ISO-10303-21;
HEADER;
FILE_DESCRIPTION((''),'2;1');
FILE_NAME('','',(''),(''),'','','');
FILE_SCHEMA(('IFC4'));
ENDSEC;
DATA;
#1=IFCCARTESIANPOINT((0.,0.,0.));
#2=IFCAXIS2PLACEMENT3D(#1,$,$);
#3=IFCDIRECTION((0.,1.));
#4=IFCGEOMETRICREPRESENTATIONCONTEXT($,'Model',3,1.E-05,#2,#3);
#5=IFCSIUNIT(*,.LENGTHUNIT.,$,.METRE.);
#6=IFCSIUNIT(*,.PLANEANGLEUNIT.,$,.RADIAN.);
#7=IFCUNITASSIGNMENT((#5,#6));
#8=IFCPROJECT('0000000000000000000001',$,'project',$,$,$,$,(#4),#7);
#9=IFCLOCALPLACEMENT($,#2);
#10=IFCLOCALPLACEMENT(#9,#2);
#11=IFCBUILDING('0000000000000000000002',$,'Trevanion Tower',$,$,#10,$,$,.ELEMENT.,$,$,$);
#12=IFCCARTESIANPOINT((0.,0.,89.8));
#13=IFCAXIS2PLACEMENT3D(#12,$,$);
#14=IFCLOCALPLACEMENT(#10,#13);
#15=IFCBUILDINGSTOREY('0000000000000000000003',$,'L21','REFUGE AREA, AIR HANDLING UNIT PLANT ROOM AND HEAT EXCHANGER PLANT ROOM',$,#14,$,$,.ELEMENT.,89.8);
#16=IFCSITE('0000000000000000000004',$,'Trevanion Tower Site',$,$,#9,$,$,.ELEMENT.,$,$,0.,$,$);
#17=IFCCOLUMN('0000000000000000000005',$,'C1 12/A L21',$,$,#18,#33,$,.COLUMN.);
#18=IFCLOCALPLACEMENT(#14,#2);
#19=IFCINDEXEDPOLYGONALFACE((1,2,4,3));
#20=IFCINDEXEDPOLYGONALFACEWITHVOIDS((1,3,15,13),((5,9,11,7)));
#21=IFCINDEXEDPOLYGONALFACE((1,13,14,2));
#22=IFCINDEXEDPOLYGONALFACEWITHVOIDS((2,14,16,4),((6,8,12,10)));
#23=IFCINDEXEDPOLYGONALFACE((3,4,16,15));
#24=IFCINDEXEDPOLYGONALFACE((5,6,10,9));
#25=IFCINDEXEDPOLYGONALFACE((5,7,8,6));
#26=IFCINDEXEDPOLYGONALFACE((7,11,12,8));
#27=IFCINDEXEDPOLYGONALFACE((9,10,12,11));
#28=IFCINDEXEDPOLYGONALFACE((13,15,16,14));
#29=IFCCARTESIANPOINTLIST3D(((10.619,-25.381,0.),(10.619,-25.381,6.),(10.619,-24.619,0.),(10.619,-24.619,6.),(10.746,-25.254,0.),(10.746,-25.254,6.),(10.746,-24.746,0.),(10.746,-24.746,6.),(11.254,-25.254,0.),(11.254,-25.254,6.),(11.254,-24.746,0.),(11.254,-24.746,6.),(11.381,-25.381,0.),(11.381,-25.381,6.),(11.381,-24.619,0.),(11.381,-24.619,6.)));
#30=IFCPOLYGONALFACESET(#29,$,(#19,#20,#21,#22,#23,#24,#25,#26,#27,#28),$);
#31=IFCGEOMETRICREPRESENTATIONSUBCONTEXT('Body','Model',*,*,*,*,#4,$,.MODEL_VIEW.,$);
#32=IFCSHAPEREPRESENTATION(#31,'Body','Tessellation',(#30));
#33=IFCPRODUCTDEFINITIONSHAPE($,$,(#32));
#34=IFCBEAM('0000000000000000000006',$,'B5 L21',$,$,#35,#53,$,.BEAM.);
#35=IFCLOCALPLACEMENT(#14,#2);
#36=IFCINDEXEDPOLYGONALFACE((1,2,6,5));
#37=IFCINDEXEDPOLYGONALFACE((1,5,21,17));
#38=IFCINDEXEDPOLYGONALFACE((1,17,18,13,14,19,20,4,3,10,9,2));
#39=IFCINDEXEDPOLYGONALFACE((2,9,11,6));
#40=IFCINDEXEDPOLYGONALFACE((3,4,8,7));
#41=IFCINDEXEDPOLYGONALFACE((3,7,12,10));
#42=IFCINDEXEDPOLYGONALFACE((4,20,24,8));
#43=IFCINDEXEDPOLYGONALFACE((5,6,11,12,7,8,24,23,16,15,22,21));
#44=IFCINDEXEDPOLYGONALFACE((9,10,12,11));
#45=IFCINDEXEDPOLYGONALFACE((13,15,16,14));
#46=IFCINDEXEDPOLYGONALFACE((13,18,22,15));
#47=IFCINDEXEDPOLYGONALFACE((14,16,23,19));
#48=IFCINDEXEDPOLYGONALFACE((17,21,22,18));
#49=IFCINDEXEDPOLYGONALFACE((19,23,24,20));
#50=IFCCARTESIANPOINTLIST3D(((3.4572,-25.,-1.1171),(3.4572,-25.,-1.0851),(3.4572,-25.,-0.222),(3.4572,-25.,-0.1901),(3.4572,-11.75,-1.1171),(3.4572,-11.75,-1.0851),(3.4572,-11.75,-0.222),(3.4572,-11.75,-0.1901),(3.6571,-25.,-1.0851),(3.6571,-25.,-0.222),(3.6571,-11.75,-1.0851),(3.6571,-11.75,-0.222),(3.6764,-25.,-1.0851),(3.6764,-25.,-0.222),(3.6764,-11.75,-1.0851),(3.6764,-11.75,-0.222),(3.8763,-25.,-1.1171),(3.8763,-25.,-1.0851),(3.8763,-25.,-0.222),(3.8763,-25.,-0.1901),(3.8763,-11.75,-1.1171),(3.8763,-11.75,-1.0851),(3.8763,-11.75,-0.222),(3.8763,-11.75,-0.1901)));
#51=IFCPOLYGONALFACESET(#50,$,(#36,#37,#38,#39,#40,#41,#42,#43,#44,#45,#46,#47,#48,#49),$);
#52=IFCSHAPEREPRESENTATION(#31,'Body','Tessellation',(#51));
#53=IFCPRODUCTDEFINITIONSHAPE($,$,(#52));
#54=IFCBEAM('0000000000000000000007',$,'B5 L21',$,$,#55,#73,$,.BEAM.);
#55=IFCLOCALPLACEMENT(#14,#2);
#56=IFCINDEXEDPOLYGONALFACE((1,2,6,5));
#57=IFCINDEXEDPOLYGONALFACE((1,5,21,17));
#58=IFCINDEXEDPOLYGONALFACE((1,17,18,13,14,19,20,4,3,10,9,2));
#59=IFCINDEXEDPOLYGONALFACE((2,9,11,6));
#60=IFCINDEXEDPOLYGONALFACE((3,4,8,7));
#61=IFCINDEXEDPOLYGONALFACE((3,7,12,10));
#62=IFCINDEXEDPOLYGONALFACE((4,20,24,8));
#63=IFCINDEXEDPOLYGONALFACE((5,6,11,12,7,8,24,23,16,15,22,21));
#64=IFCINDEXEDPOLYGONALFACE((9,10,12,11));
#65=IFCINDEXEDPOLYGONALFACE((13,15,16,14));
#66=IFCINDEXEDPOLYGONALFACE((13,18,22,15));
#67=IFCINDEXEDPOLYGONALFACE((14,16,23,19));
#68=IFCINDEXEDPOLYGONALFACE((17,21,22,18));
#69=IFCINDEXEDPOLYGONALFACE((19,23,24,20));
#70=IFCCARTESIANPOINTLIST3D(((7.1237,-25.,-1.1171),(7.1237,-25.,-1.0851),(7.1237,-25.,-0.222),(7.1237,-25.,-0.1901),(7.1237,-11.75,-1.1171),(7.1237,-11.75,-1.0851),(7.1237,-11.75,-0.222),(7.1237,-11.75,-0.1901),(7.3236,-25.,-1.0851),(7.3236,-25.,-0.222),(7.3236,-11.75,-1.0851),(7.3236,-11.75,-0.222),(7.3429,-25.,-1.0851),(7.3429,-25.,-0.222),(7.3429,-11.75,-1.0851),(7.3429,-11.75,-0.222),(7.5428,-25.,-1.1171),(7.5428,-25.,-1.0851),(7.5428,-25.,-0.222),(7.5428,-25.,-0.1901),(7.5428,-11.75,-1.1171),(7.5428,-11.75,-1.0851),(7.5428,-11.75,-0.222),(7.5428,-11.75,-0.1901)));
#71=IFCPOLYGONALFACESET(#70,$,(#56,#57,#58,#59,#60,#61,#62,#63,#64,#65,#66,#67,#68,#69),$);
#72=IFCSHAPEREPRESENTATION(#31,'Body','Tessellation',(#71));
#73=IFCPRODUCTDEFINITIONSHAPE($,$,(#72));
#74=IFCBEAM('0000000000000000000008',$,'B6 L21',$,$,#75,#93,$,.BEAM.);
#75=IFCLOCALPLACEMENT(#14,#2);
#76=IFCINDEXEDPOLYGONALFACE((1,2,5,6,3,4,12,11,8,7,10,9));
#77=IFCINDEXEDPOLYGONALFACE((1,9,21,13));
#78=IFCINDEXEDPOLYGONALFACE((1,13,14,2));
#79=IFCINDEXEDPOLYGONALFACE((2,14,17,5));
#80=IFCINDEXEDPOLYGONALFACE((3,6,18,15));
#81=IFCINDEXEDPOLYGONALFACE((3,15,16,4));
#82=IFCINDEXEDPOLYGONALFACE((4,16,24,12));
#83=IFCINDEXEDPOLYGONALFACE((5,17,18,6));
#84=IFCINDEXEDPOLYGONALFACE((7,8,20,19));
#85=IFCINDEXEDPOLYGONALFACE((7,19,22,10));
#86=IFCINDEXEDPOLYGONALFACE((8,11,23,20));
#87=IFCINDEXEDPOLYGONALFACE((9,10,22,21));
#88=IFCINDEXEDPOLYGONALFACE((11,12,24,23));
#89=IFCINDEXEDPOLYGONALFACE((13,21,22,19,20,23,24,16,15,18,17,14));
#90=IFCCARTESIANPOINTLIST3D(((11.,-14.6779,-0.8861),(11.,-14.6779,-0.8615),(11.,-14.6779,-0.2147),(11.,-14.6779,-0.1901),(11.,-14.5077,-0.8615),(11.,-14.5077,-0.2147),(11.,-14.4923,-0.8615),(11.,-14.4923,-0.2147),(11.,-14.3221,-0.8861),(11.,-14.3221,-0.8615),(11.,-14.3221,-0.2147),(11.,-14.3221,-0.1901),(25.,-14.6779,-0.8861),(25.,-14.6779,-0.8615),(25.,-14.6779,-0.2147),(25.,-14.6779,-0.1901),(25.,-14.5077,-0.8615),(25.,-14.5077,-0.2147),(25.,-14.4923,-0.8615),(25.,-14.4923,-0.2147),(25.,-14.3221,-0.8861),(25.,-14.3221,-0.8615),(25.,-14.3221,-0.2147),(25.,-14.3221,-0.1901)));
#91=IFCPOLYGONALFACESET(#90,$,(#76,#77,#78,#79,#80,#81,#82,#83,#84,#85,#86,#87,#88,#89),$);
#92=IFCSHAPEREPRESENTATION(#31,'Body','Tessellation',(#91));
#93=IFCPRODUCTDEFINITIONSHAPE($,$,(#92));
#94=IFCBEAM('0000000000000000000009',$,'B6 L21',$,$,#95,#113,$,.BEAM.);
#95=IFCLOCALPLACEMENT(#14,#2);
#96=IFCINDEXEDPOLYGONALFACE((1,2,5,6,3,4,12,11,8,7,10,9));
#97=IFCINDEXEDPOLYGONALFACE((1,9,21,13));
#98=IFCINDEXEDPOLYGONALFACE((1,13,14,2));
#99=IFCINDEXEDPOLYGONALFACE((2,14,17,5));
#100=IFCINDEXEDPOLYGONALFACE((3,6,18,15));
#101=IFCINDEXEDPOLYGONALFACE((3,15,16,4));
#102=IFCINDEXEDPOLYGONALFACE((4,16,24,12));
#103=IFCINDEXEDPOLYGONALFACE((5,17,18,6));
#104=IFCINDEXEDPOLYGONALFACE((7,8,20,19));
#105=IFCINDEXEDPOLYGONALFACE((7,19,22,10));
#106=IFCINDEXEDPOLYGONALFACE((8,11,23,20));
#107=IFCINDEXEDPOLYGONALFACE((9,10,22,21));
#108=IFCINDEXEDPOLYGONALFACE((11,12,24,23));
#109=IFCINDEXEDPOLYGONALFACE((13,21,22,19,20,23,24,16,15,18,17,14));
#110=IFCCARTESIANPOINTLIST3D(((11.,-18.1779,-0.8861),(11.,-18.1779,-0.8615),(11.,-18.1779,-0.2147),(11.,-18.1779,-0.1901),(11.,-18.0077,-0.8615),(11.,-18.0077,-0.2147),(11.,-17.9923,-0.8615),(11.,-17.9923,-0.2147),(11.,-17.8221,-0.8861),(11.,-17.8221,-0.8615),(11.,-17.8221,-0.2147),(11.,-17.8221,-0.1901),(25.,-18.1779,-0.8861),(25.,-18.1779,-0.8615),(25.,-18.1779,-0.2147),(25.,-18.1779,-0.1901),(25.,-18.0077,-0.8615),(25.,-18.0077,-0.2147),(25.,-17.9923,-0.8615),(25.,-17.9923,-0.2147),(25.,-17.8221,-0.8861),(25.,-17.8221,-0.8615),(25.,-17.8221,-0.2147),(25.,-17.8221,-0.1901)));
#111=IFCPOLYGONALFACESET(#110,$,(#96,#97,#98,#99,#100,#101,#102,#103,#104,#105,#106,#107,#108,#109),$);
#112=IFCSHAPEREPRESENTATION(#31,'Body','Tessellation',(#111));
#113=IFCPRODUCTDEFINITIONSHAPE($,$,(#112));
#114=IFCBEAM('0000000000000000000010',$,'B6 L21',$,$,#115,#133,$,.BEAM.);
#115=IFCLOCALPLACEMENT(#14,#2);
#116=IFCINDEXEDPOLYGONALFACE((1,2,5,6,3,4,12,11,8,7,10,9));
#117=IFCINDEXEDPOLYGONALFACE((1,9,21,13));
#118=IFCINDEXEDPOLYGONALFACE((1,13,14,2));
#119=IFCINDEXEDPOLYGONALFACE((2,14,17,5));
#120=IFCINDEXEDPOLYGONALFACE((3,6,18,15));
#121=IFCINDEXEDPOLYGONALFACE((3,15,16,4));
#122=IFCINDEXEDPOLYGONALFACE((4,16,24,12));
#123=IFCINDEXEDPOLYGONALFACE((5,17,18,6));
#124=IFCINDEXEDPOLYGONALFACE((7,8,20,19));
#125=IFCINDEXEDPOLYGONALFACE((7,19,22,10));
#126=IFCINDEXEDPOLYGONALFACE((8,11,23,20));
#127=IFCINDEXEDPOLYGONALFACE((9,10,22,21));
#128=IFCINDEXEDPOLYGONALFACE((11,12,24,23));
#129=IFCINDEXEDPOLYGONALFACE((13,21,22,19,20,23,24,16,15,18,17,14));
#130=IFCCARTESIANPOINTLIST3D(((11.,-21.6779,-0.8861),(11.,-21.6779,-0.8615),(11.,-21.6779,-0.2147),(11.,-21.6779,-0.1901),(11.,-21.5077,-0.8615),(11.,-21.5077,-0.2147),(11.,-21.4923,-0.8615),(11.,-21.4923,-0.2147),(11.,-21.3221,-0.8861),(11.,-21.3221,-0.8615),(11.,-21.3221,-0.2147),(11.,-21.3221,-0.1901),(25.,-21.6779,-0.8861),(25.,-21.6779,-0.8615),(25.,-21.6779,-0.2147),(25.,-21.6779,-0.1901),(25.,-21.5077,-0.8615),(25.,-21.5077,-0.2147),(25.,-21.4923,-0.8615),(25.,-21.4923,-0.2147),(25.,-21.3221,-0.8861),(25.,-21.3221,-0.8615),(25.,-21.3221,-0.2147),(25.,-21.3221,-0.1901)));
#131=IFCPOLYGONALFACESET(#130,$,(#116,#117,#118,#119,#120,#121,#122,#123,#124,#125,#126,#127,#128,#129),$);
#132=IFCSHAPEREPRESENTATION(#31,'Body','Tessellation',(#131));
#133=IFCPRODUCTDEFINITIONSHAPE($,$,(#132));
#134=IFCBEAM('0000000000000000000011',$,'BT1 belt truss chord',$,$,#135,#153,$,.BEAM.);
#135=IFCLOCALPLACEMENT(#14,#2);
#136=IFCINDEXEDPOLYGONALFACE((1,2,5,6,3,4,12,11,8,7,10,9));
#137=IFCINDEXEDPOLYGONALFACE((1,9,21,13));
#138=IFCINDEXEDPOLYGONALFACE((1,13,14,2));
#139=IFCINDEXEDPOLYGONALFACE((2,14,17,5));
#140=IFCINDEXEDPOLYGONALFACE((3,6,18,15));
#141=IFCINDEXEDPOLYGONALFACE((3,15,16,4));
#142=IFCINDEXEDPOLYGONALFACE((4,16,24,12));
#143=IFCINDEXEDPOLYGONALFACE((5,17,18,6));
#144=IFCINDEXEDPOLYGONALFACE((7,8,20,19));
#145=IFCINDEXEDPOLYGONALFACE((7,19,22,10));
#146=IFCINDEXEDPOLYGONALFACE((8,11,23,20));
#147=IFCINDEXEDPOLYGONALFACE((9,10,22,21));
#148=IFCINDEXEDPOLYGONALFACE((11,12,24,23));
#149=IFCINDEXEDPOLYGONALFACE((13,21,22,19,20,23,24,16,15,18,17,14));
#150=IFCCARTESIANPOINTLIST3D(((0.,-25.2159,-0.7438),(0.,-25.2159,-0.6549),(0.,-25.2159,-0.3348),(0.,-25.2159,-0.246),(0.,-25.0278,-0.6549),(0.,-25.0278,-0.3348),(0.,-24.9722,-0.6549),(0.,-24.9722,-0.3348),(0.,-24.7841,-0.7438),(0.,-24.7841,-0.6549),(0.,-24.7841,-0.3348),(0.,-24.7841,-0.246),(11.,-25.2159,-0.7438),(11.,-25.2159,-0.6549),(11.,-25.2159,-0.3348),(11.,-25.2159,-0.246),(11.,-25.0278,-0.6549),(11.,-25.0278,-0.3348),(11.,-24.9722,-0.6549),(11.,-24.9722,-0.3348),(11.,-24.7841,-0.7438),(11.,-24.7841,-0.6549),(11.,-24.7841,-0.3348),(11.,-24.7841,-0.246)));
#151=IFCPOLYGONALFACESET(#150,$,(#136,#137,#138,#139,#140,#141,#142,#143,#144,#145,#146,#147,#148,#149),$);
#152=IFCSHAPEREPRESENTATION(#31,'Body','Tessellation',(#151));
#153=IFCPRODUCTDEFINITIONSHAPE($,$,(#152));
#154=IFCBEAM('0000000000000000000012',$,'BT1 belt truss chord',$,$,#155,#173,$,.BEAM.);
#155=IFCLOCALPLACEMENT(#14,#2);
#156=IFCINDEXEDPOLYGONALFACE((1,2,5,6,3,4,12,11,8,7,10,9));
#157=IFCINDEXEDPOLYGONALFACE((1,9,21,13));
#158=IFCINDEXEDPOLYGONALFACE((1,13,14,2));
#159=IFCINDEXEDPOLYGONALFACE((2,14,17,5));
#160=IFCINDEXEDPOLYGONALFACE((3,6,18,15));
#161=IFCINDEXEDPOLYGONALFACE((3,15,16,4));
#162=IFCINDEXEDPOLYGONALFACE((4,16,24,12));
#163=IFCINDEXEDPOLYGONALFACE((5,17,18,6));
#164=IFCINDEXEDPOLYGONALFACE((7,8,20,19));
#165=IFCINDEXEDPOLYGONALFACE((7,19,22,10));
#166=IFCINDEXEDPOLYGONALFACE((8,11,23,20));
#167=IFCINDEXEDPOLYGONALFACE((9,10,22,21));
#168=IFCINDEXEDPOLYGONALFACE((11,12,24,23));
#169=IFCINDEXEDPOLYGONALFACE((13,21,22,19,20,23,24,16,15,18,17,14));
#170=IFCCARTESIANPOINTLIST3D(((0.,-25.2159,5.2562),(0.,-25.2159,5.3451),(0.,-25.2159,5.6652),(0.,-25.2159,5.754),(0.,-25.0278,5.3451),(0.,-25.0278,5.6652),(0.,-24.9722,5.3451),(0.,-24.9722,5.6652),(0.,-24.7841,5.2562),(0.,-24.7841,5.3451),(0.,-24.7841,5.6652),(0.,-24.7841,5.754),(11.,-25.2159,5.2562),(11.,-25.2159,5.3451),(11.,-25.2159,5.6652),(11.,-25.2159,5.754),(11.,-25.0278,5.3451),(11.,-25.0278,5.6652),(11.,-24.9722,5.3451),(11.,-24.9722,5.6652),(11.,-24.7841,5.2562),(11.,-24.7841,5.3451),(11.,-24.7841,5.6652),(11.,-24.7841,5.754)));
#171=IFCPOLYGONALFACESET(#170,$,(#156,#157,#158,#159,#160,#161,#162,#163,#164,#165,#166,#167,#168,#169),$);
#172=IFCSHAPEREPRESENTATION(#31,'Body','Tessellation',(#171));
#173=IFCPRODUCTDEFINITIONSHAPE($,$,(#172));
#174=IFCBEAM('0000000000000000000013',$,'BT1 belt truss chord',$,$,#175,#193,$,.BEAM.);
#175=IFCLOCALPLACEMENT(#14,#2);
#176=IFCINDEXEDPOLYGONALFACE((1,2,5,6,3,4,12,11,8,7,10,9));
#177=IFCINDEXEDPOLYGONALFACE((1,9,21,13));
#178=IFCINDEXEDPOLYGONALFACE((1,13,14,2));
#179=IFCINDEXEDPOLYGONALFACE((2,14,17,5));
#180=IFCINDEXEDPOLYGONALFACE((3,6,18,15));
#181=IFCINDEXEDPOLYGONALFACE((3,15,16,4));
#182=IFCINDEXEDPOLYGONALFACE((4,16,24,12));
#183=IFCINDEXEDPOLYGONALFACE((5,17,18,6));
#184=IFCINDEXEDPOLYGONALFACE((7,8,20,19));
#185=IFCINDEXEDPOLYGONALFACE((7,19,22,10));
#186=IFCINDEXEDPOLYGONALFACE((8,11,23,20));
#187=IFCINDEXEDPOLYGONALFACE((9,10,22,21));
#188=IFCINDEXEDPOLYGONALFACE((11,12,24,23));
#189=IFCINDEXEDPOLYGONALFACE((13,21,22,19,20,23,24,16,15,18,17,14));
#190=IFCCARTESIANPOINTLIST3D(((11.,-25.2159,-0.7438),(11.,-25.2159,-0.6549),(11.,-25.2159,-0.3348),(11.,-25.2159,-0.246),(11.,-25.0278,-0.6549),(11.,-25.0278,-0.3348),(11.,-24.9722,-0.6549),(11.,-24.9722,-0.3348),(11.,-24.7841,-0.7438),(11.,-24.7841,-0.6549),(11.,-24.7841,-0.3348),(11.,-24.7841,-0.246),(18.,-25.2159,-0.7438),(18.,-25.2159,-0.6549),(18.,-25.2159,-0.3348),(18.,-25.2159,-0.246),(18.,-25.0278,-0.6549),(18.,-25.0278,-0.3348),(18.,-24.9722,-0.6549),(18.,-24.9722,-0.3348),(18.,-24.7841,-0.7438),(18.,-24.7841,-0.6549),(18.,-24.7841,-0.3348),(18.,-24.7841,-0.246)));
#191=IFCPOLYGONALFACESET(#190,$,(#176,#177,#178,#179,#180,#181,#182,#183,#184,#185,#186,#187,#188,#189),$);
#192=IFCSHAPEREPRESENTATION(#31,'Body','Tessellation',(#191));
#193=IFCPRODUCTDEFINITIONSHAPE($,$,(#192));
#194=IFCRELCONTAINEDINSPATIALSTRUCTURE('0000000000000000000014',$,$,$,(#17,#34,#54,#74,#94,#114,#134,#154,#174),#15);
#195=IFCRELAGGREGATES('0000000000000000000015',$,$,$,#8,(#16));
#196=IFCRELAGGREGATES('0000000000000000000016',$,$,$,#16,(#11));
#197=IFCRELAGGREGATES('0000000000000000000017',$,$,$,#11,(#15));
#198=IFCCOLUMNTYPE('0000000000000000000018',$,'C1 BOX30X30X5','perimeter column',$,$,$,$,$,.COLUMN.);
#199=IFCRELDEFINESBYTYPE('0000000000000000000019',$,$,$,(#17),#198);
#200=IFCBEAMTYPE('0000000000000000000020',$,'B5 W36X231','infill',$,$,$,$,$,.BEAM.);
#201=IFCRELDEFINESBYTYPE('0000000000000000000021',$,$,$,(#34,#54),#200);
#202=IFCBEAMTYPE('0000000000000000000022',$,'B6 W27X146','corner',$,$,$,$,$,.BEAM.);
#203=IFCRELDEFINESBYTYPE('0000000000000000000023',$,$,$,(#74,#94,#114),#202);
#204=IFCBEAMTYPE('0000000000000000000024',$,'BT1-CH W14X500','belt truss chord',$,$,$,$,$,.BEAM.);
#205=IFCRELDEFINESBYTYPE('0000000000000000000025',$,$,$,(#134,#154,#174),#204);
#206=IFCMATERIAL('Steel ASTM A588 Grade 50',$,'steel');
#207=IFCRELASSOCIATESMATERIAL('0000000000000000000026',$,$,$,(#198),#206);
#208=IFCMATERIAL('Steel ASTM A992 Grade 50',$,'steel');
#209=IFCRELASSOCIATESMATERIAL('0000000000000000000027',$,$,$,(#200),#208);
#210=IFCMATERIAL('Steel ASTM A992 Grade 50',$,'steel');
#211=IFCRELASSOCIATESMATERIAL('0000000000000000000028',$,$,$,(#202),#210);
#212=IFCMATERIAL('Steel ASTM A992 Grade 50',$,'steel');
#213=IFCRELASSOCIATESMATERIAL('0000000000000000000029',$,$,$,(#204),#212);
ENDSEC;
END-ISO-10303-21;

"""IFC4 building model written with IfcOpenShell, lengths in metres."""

from ifc_helpers import new_model, si_unit, direction, frame, origin, origin_2d, place, context, subcontext, project, spatial, hollow_rectangle, i_section, extrude, material, material_profile, profile_set, type_object, element, save


model = new_model("IFC4")

# Units and contexts
model_context = context("Model", 3, precision=1e-05, world=origin(), true_north=direction((0.0, 1.0)))
body_context = subcontext(model_context, "Body", "Model", "MODEL_VIEW")
ifc_project = project(units=[si_unit("LENGTHUNIT", "METRE"), si_unit("PLANEANGLEUNIT", "RADIAN")], contexts=[model_context])

# Site, building, storey
site_placement = place(None, origin())
site = spatial("IfcSite", under=ifc_project, at=site_placement, Name="Trevanion Tower Site", CompositionType="ELEMENT", RefElevation=0.0)
building_placement = place(site_placement, origin())
building = spatial("IfcBuilding", under=site, at=building_placement, Name="Trevanion Tower", CompositionType="ELEMENT")
storey_placement = place(building_placement, frame((0.0, 0.0, 89.8)))
storey = spatial("IfcBuildingStorey", under=building, at=storey_placement, Name="L21", Description="REFUGE AREA, AIR HANDLING UNIT PLANT ROOM AND HEAT EXCHANGER PLANT ROOM", CompositionType="ELEMENT", Elevation=89.8)

# Column
ifc_material_1 = material(Name="Steel ASTM A588 Grade 50", Category="steel")
ifc_material_profile_1 = material_profile(ifc_material_1, hollow_rectangle(XDim=0.762, YDim=0.762, WallThickness=0.127, at=origin_2d()), Name="BOX30X30X5")
ifc_profile_set_1 = profile_set([ifc_material_profile_1], Name="Steel ASTM A588 Grade 50")
column_type = type_object("IfcColumnType", Name="C1 BOX30X30X5", Description="perimeter column", PredefinedType="COLUMN", material=ifc_profile_set_1)
column_placement = place(storey_placement, frame((11.0, -25.0, 0.0), z_axis=(0.0, 0.0, 1.0), x_axis=(1.0, 0.0, 0.0)))
element("IfcColumn", 1, at=column_placement, inside=storey, type_object=column_type, Name="C1 12/A L21", PredefinedType="COLUMN", context=body_context, shape_type="SweptSolid", body=[
    extrude(hollow_rectangle(XDim=0.762, YDim=0.762, WallThickness=0.127, at=origin_2d()), origin(), (0.0, 0.0, 1.0), 6.0),
])

# Beams
ifc_material_2 = material(Name="Steel ASTM A992 Grade 50", Category="steel")
ifc_material_profile_2 = material_profile(ifc_material_2, i_section(OverallWidth=0.4192, OverallDepth=0.927, WebThickness=0.0193, FlangeThickness=0.032, at=origin_2d()), Name="W36X231")
ifc_profile_set_2 = profile_set([ifc_material_profile_2], Name="Steel ASTM A992 Grade 50")
beam_type_1 = type_object("IfcBeamType", Name="B5 W36X231", Description="infill", PredefinedType="BEAM", material=ifc_profile_set_2)
for number, where, z_axis, x_axis, name in (
    (2, (3.6667, -11.75, -0.6536), (0.0, -1.0, 0.0), (1.0, 0.0, 0.0), "B5 L21"),
    (3, (7.3333, -11.75, -0.6536), (0.0, -1.0, 0.0), (1.0, 0.0, 0.0), "B5 L21"),
):
    element("IfcBeam", number, at=place(storey_placement, frame(where, z_axis=z_axis, x_axis=x_axis)), inside=storey, type_object=beam_type_1, Name=name, PredefinedType="BEAM", context=body_context, shape_type="SweptSolid", body=[
        extrude(i_section(OverallWidth=0.4192, OverallDepth=0.927, WebThickness=0.0193, FlangeThickness=0.032, at=origin_2d()), origin(), (0.0, 0.0, 1.0), 13.25),
    ])
ifc_material_3 = material(Name="Steel ASTM A992 Grade 50", Category="steel")
ifc_material_profile_3 = material_profile(ifc_material_3, i_section(OverallWidth=0.3557, OverallDepth=0.696, WebThickness=0.0154, FlangeThickness=0.0247, at=origin_2d()), Name="W27X146")
ifc_profile_set_3 = profile_set([ifc_material_profile_3], Name="Steel ASTM A992 Grade 50")
beam_type_2 = type_object("IfcBeamType", Name="B6 W27X146", Description="corner", PredefinedType="BEAM", material=ifc_profile_set_3)
for number, where, z_axis, x_axis, name in (
    (4, (11.0, -14.5, -0.5381), (1.0, 0.0, 0.0), (0.0, 1.0, 0.0), "B6 L21"),
    (5, (11.0, -18.0, -0.5381), (1.0, 0.0, 0.0), (0.0, 1.0, 0.0), "B6 L21"),
    (6, (11.0, -21.5, -0.5381), (1.0, 0.0, 0.0), (0.0, 1.0, 0.0), "B6 L21"),
):
    element("IfcBeam", number, at=place(storey_placement, frame(where, z_axis=z_axis, x_axis=x_axis)), inside=storey, type_object=beam_type_2, Name=name, PredefinedType="BEAM", context=body_context, shape_type="SweptSolid", body=[
        extrude(i_section(OverallWidth=0.3557, OverallDepth=0.696, WebThickness=0.0154, FlangeThickness=0.0247, at=origin_2d()), origin(), (0.0, 0.0, 1.0), 14.0),
    ])
ifc_material_4 = material(Name="Steel ASTM A992 Grade 50", Category="steel")
ifc_material_profile_4 = material_profile(ifc_material_4, i_section(OverallWidth=0.4319, OverallDepth=0.4978, WebThickness=0.0557, FlangeThickness=0.0889, at=origin_2d()), Name="W14X500")
ifc_profile_set_4 = profile_set([ifc_material_profile_4], Name="Steel ASTM A992 Grade 50")
beam_type_3 = type_object("IfcBeamType", Name="BT1-CH W14X500", Description="belt truss chord", PredefinedType="BEAM", material=ifc_profile_set_4)
for number, where, z_axis, x_axis, name in (
    (7, (0.0, -25.0, -0.4949), (1.0, 0.0, 0.0), (0.0, 1.0, 0.0), "BT1 belt truss chord"),
    (8, (0.0, -25.0, 5.5051), (1.0, 0.0, 0.0), (0.0, 1.0, 0.0), "BT1 belt truss chord"),
):
    element("IfcBeam", number, at=place(storey_placement, frame(where, z_axis=z_axis, x_axis=x_axis)), inside=storey, type_object=beam_type_3, Name=name, PredefinedType="BEAM", context=body_context, shape_type="SweptSolid", body=[
        extrude(i_section(OverallWidth=0.4319, OverallDepth=0.4978, WebThickness=0.0557, FlangeThickness=0.0889, at=origin_2d()), origin(), (0.0, 0.0, 1.0), 11.0),
    ])
for number, where, z_axis, x_axis, name in (
    (9, (11.0, -25.0, -0.4949), (1.0, 0.0, 0.0), (0.0, 1.0, 0.0), "BT1 belt truss chord"),
):
    element("IfcBeam", number, at=place(storey_placement, frame(where, z_axis=z_axis, x_axis=x_axis)), inside=storey, type_object=beam_type_3, Name=name, PredefinedType="BEAM", context=body_context, shape_type="SweptSolid", body=[
        extrude(i_section(OverallWidth=0.4319, OverallDepth=0.4978, WebThickness=0.0557, FlangeThickness=0.0889, at=origin_2d()), origin(), (0.0, 0.0, 1.0), 7.0),
    ])

save(model, "model.ifc")
